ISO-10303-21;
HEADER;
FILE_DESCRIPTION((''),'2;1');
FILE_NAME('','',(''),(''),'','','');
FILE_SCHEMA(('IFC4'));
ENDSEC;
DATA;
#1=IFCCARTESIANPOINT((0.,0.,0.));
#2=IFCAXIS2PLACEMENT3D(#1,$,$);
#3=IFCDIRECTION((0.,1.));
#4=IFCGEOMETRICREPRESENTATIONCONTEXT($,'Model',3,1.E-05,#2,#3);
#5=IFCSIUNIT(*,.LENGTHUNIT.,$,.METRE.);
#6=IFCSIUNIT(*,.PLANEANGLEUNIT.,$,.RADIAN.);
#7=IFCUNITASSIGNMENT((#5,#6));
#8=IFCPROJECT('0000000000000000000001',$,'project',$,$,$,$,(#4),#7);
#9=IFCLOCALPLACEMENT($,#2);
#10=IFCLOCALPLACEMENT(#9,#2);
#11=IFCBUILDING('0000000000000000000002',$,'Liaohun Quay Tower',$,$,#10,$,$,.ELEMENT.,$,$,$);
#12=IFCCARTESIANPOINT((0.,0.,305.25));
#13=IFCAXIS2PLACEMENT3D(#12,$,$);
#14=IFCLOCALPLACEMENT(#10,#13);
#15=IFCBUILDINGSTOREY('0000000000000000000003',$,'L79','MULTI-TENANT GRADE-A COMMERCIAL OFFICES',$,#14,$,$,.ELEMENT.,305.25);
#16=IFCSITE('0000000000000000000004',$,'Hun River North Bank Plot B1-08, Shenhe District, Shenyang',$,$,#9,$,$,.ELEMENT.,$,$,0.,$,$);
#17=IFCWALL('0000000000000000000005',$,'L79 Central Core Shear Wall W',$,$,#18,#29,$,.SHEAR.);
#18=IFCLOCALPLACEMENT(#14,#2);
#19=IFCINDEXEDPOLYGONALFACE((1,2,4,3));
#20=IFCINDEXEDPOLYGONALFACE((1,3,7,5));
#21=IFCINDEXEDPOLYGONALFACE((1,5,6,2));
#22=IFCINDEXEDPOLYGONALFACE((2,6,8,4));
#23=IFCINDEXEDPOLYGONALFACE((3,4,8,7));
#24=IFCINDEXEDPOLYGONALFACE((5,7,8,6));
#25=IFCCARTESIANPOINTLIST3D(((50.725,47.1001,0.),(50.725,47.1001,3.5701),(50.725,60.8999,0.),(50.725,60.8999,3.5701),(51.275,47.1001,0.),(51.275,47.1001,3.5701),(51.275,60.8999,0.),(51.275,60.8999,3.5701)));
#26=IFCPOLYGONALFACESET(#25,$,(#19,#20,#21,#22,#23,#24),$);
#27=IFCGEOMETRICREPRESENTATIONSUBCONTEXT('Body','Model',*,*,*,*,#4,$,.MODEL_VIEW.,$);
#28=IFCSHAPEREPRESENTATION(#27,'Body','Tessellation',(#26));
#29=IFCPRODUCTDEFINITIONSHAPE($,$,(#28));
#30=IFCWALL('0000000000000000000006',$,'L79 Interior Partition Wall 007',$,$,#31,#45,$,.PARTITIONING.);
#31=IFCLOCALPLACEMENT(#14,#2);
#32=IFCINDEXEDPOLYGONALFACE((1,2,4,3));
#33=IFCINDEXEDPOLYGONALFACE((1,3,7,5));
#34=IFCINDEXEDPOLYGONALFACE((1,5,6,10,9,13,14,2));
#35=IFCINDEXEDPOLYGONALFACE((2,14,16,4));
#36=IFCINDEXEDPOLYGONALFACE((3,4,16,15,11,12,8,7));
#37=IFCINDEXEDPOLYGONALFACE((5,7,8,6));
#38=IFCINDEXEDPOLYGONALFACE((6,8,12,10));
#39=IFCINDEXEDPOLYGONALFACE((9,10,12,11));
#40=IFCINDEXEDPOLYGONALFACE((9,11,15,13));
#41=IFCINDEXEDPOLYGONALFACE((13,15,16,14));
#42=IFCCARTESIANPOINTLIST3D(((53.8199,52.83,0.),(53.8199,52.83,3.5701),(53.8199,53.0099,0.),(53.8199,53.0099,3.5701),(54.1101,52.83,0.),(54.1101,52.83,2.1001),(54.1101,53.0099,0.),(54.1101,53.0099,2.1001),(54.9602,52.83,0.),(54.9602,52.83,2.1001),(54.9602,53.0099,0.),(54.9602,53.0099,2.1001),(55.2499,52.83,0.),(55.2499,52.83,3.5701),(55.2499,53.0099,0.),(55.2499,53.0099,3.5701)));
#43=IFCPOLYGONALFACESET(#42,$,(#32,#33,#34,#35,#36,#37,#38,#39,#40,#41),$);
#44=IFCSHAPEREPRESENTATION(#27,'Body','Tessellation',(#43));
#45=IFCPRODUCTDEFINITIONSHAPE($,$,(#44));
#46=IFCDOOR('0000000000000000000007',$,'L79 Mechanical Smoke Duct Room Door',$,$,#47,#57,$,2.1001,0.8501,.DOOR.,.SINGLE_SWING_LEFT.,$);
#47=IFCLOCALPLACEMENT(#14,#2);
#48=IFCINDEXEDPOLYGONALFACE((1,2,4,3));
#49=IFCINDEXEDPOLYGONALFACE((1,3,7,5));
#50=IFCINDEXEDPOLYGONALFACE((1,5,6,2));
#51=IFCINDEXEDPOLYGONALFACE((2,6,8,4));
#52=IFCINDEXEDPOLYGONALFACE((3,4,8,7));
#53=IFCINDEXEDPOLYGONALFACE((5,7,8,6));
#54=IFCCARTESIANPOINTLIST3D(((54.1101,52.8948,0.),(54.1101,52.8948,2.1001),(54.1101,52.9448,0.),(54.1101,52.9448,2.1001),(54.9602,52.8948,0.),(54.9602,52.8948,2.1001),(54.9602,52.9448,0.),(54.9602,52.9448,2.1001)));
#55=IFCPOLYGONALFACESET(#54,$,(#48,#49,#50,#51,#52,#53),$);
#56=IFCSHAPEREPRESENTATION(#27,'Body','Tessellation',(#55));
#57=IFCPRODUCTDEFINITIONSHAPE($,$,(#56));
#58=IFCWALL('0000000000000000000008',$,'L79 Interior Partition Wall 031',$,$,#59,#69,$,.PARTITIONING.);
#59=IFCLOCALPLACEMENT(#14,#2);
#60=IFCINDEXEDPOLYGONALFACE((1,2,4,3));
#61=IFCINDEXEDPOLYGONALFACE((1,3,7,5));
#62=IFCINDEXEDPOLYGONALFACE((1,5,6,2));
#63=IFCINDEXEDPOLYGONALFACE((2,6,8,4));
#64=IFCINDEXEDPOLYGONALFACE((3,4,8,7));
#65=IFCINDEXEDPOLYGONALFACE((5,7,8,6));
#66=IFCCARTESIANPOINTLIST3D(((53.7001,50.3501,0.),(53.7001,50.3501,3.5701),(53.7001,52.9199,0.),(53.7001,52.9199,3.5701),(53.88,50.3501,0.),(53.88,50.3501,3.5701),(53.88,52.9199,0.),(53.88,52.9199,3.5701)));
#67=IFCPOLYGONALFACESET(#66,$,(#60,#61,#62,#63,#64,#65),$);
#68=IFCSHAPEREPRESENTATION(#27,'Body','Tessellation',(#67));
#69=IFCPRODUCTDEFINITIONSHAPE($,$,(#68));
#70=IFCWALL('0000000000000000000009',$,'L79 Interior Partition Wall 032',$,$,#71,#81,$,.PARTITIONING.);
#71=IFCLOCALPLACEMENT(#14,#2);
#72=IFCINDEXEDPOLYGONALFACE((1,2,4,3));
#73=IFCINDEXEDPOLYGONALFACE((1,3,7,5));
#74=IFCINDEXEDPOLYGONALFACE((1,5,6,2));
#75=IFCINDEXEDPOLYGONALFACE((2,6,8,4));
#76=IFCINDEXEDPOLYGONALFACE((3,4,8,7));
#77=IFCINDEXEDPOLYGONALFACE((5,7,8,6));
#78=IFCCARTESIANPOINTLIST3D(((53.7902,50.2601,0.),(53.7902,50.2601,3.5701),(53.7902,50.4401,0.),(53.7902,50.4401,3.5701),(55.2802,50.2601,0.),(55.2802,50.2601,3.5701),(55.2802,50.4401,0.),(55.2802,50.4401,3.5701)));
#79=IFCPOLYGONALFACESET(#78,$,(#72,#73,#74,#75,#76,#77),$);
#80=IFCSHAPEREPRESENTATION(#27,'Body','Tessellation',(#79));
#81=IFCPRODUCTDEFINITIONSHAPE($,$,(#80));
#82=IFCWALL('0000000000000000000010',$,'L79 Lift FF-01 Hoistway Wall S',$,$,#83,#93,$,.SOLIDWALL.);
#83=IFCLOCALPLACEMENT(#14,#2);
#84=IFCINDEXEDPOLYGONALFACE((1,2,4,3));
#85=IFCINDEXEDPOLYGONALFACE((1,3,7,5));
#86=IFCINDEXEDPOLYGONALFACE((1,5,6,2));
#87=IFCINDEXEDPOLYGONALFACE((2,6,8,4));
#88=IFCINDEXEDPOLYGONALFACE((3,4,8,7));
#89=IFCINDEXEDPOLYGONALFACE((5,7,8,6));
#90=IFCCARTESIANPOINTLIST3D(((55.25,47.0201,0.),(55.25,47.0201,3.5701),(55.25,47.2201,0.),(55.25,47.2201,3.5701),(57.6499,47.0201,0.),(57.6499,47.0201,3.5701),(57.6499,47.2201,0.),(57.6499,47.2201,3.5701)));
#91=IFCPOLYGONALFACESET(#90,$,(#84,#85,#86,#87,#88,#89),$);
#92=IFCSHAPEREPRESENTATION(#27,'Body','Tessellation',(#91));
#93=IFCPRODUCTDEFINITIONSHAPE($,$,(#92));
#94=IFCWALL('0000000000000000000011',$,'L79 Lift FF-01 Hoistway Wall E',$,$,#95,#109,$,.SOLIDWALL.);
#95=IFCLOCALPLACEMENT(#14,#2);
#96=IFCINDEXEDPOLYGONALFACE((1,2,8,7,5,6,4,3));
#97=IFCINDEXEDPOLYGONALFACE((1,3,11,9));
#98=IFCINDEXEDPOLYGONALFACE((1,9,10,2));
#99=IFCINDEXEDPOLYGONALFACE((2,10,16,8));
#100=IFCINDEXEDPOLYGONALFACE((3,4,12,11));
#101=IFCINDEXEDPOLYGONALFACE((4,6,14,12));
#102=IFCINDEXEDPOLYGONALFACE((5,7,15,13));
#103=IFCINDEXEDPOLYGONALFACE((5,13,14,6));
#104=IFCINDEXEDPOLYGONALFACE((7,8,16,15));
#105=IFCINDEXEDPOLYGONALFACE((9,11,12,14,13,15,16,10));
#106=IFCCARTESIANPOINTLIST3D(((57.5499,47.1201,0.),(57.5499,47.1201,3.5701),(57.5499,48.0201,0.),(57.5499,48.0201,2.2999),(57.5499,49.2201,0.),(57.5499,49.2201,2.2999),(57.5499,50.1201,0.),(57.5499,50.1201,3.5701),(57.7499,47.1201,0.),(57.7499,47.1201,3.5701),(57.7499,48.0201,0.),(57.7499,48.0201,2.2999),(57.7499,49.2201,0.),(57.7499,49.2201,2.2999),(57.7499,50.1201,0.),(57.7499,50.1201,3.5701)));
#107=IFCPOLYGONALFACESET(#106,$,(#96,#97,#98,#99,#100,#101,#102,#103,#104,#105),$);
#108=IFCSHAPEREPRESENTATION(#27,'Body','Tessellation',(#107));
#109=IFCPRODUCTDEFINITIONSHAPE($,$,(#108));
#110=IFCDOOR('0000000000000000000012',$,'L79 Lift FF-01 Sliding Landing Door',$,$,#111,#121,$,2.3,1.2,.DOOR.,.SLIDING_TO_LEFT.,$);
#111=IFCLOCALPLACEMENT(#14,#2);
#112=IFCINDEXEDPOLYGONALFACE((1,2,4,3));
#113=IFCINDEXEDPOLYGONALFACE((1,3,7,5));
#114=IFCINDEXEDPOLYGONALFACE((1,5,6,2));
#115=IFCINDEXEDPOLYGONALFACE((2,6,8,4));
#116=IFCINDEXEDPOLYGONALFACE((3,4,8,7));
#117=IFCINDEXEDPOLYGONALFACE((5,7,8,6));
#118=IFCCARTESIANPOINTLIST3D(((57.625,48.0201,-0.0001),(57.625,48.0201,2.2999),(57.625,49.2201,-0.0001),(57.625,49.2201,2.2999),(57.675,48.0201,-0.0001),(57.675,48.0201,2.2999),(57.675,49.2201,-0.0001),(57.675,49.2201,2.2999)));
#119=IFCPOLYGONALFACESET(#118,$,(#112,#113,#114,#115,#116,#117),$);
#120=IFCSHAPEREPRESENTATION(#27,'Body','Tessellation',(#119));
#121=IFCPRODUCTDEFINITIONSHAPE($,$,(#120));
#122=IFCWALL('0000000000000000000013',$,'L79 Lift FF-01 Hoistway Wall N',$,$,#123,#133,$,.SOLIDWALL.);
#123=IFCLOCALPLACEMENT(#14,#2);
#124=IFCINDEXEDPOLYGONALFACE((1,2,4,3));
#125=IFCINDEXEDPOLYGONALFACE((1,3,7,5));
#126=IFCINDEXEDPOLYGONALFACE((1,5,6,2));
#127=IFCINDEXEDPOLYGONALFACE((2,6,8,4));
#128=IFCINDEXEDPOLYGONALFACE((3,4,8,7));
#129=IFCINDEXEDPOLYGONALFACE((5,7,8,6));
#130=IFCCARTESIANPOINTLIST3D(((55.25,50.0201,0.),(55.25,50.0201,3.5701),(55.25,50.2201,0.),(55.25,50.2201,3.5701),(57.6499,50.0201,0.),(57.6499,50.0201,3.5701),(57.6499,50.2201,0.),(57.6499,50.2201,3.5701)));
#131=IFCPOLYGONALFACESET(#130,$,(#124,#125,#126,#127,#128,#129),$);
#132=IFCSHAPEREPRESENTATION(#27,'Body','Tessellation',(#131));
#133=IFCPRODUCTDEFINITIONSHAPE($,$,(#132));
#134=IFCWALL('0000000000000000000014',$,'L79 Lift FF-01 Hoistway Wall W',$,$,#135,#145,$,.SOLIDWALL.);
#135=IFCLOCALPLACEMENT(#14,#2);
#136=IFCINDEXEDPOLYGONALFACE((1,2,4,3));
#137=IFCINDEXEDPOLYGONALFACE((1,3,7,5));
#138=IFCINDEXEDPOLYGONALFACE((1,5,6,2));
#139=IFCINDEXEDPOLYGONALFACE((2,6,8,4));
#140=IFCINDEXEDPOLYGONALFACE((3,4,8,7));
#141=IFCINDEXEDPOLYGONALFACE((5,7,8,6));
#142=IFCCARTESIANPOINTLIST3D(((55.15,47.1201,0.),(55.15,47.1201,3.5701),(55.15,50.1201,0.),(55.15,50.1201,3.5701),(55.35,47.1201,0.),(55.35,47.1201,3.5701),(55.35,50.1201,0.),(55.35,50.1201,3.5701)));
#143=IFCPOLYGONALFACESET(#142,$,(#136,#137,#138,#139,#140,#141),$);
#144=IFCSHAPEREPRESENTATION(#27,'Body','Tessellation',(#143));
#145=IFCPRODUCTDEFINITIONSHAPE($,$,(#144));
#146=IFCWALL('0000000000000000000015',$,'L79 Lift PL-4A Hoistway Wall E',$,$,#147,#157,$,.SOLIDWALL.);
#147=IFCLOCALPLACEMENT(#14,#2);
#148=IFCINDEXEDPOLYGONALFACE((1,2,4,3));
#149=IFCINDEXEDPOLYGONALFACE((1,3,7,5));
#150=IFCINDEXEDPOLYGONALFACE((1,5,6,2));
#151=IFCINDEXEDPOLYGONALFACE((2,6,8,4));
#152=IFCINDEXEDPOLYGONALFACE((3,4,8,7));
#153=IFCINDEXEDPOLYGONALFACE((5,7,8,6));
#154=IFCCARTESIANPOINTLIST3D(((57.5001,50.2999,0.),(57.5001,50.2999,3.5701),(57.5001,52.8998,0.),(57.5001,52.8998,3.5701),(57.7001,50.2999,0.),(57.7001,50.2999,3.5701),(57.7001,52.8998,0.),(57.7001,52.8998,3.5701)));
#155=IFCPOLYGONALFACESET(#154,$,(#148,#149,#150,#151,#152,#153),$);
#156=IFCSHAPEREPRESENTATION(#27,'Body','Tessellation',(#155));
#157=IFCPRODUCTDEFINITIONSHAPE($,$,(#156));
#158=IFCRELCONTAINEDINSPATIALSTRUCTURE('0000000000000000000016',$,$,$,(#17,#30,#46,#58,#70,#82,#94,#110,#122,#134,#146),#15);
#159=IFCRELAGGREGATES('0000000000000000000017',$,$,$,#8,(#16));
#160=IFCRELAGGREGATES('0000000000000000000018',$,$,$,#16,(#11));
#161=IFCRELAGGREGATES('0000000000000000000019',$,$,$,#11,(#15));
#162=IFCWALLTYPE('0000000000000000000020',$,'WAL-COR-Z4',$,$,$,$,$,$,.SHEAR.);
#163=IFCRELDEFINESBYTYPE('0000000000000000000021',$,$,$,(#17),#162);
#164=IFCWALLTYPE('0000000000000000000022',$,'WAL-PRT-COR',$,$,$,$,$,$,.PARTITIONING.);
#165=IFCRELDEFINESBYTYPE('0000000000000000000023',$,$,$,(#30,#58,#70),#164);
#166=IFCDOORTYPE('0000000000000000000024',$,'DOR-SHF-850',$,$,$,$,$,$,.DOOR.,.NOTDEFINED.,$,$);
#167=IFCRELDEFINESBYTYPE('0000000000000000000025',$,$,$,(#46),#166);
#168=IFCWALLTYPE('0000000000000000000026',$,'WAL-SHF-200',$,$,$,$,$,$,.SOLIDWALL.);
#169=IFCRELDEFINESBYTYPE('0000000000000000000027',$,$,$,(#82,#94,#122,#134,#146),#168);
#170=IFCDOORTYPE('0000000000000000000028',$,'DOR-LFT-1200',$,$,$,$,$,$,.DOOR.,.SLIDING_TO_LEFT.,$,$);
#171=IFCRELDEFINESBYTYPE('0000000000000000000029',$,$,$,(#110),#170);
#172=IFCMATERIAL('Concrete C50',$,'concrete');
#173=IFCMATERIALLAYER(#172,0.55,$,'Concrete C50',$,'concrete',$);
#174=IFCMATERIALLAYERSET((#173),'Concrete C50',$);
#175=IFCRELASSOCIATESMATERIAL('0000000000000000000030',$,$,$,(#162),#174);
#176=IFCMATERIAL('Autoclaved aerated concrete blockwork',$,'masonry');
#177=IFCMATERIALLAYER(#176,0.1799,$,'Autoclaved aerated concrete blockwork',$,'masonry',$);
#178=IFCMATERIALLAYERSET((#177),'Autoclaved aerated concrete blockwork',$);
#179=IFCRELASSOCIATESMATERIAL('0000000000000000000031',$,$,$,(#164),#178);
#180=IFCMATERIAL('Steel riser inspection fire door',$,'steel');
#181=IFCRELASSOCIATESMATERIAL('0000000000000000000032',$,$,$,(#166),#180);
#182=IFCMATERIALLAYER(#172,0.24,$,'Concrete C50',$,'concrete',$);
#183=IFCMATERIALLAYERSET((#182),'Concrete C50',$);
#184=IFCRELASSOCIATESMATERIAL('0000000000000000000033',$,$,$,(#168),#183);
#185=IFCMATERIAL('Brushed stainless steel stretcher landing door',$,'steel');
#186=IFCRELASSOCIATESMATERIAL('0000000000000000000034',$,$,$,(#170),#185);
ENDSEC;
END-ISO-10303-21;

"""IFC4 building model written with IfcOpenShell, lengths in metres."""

from ifc_helpers import new_model, si_unit, direction, frame, frame_2d, origin, place, context, subcontext, project, spatial, rectangle, extrude, source, transform, mapped, material, layer, layer_set, type_object, element, fill, save


model = new_model("IFC4")

# Units and contexts
model_context = context("Model", 3, precision=1e-05, world=origin(), true_north=direction((0.0, 1.0)))
body_context = subcontext(model_context, "Body", "Model", "MODEL_VIEW")
ifc_project = project(units=[si_unit("LENGTHUNIT", "METRE"), si_unit("PLANEANGLEUNIT", "RADIAN")], contexts=[model_context])

# Site, building, storey
site_placement = place(None, origin())
site = spatial("IfcSite", under=ifc_project, at=site_placement, Name="Hun River North Bank Plot B1-08, Shenhe District, Shenyang", CompositionType="ELEMENT", RefElevation=0.0)
building_placement = place(site_placement, origin())
building = spatial("IfcBuilding", under=site, at=building_placement, Name="Liaohun Quay Tower", CompositionType="ELEMENT")
storey_placement = place(building_placement, frame((0.0, 0.0, 305.25)))
storey = spatial("IfcBuildingStorey", under=building, at=storey_placement, Name="L79", Description="MULTI-TENANT GRADE-A COMMERCIAL OFFICES", CompositionType="ELEMENT", Elevation=305.25)

# Wall
ifc_material_1 = material(Name="Concrete C50", Category="concrete")
ifc_layer_1 = layer(ifc_material_1, 0.55, Name="Concrete C50", Category="concrete")
ifc_layer_set_1 = layer_set([ifc_layer_1], Name="Concrete C50")
wall_type_1 = type_object("IfcWallType", Name="WAL-COR-Z4", PredefinedType="SHEAR", material=ifc_layer_set_1)
wall_1_placement = place(storey_placement, frame((51.0, 47.1001, 0.0), z_axis=(0.0, 0.0, 1.0), x_axis=(0.0, 1.0, 0.0)))
element("IfcWall", 1, at=wall_1_placement, inside=storey, type_object=wall_type_1, Name="L79 Central Core Shear Wall W", PredefinedType="SHEAR", context=body_context, shape_type="SweptSolid", body=[
    extrude(rectangle(XDim=13.7998, YDim=0.55, at=frame_2d((6.8999, 0.0))), origin(), (0.0, 0.0, 1.0), 3.5701),
])

# Wall, opening, door
ifc_material_2 = material(Name="Autoclaved aerated concrete blockwork", Category="masonry")
ifc_layer_2 = layer(ifc_material_2, 0.1799, Name="Autoclaved aerated concrete blockwork", Category="masonry")
ifc_layer_set_2 = layer_set([ifc_layer_2], Name="Autoclaved aerated concrete blockwork")
wall_type_2 = type_object("IfcWallType", Name="WAL-PRT-COR", PredefinedType="PARTITIONING", material=ifc_layer_set_2)
wall_2_placement = place(storey_placement, frame((53.8201, 52.9199, 0.0), z_axis=(0.0, 0.0, 1.0), x_axis=(1.0, 0.0, 0.0)))
wall_2 = element("IfcWall", 2, at=wall_2_placement, inside=storey, type_object=wall_type_2, Name="L79 Interior Partition Wall 007", PredefinedType="PARTITIONING", context=body_context, shape_type="SweptSolid", body=[
    extrude(rectangle(XDim=1.4299, YDim=0.1799, at=frame_2d((0.7148, 0.0))), origin(), (0.0, 0.0, 1.0), 3.5701),
])
shared_shape_1 = source(origin(), body_context, "Body", "SweptSolid", [
    extrude(rectangle(XDim=0.8501, YDim=2.1001, at=frame_2d((0.425, 1.05))), frame((0.0, 0.0999, 0.0), z_axis=(0.0, -1.0, 0.0), x_axis=(1.0, 0.0, 0.0)), (0.0, 0.0, 1.0), 0.2),
])
opening_1_placement = place(wall_2_placement, frame((0.29, 0.0, 0.0)))
opening_1 = element("IfcOpeningElement", 3, at=opening_1_placement, cuts=wall_2, PredefinedType="OPENING", context=body_context, shape_type="MappedRepresentation", body=[
    mapped(shared_shape_1, transform((0.0, 0.0, 0.0), x_axis=(1.0, 0.0, 0.0), y_axis=(0.0, 1.0, 0.0), z_axis=(0.0, 0.0, 1.0), scale=1.0)),
])
ifc_material_3 = material(Name="Steel riser inspection fire door", Category="steel")
door_type_1 = type_object("IfcDoorType", Name="DOR-SHF-850", OperationType="NOTDEFINED", PredefinedType="DOOR", material=ifc_material_3)
shared_shape_2 = source(origin(), body_context, "Body", "SweptSolid", [
    extrude(rectangle(XDim=0.8501, YDim=2.1001, at=frame_2d((0.425, 1.05))), frame((0.0, 0.0249, 0.0), z_axis=(0.0, -1.0, 0.0), x_axis=(1.0, 0.0, 0.0)), (0.0, 0.0, 1.0), 0.05),
])
door_1_placement = place(opening_1_placement, origin())
door_1 = element("IfcDoor", 4, at=door_1_placement, inside=storey, type_object=door_type_1, Name="L79 Mechanical Smoke Duct Room Door", OperationType="SINGLE_SWING_LEFT", OverallHeight=2.1001, OverallWidth=0.8501, PredefinedType="DOOR", context=body_context, shape_type="MappedRepresentation", body=[
    mapped(shared_shape_2, transform((0.0, 0.0, 0.0), x_axis=(1.0, 0.0, 0.0), y_axis=(0.0, 1.0, 0.0), z_axis=(0.0, 0.0, 1.0), scale=1.0)),
])
fill(opening_1, door_1)

# Walls
wall_3_placement = place(storey_placement, frame((53.79, 50.3501, 0.0), z_axis=(0.0, 0.0, 1.0), x_axis=(0.0, 1.0, 0.0)))
element("IfcWall", 5, at=wall_3_placement, inside=storey, type_object=wall_type_2, Name="L79 Interior Partition Wall 031", PredefinedType="PARTITIONING", context=body_context, shape_type="SweptSolid", body=[
    extrude(rectangle(XDim=2.5698, YDim=0.1799, at=frame_2d((1.2849, 0.0))), origin(), (0.0, 0.0, 1.0), 3.5701),
])
wall_4_placement = place(storey_placement, frame((53.79, 50.3501, 0.0), z_axis=(0.0, 0.0, 1.0), x_axis=(1.0, 0.0, 0.0)))
element("IfcWall", 6, at=wall_4_placement, inside=storey, type_object=wall_type_2, Name="L79 Interior Partition Wall 032", PredefinedType="PARTITIONING", context=body_context, shape_type="SweptSolid", body=[
    extrude(rectangle(XDim=1.49, YDim=0.1799, at=frame_2d((0.7451, 0.0))), origin(), (0.0, 0.0, 1.0), 3.5701),
])
ifc_layer_3 = layer(ifc_material_1, 0.24, Name="Concrete C50", Category="concrete")
ifc_layer_set_3 = layer_set([ifc_layer_3], Name="Concrete C50")
wall_type_3 = type_object("IfcWallType", Name="WAL-SHF-200", PredefinedType="SOLIDWALL", material=ifc_layer_set_3)
wall_5_placement = place(storey_placement, frame((55.25, 47.1201, 0.0), z_axis=(0.0, 0.0, 1.0), x_axis=(1.0, 0.0, 0.0)))
element("IfcWall", 7, at=wall_5_placement, inside=storey, type_object=wall_type_3, Name="L79 Lift FF-01 Hoistway Wall S", PredefinedType="SOLIDWALL", context=body_context, shape_type="SweptSolid", body=[
    extrude(rectangle(XDim=2.3999, YDim=0.2, at=frame_2d((1.2, 0.0))), origin(), (0.0, 0.0, 1.0), 3.5701),
])

# Wall, opening, door
wall_6_placement = place(storey_placement, frame((57.6499, 47.1201, 0.0), z_axis=(0.0, 0.0, 1.0), x_axis=(0.0, 1.0, 0.0)))
wall_6 = element("IfcWall", 8, at=wall_6_placement, inside=storey, type_object=wall_type_3, Name="L79 Lift FF-01 Hoistway Wall E", PredefinedType="SOLIDWALL", context=body_context, shape_type="SweptSolid", body=[
    extrude(rectangle(XDim=3.0, YDim=0.2, at=frame_2d((1.5, 0.0))), origin(), (0.0, 0.0, 1.0), 3.5701),
])
shared_shape_3 = source(origin(), body_context, "Body", "SweptSolid", [
    extrude(rectangle(XDim=1.2, YDim=2.3, at=frame_2d((0.6001, 1.1499))), frame((0.0, 0.1099, 0.0), z_axis=(0.0, -1.0, 0.0), x_axis=(1.0, 0.0, 0.0)), (0.0, 0.0, 1.0), 0.22),
])
opening_2_placement = place(wall_6_placement, frame((0.8999, 0.0, 0.0)))
opening_2 = element("IfcOpeningElement", 9, at=opening_2_placement, cuts=wall_6, PredefinedType="OPENING", context=body_context, shape_type="MappedRepresentation", body=[
    mapped(shared_shape_3, transform((0.0, 0.0, 0.0), x_axis=(1.0, 0.0, 0.0), y_axis=(0.0, 1.0, 0.0), z_axis=(0.0, 0.0, 1.0), scale=1.0)),
])
ifc_material_4 = material(Name="Brushed stainless steel stretcher landing door", Category="steel")
door_type_2 = type_object("IfcDoorType", Name="DOR-LFT-1200", OperationType="SLIDING_TO_LEFT", PredefinedType="DOOR", material=ifc_material_4)
shared_shape_4 = source(origin(), body_context, "Body", "SweptSolid", [
    extrude(rectangle(XDim=1.2, YDim=2.3, at=frame_2d((0.6001, 1.1499))), frame((0.0, 0.0249, 0.0), z_axis=(0.0, -1.0, 0.0), x_axis=(1.0, 0.0, 0.0)), (0.0, 0.0, 1.0), 0.05),
])
door_2_placement = place(opening_2_placement, origin())
door_2 = element("IfcDoor", 10, at=door_2_placement, inside=storey, type_object=door_type_2, Name="L79 Lift FF-01 Sliding Landing Door", OperationType="SLIDING_TO_LEFT", OverallHeight=2.3, OverallWidth=1.2, PredefinedType="DOOR", context=body_context, shape_type="MappedRepresentation", body=[
    mapped(shared_shape_4, transform((0.0, 0.0, 0.0), x_axis=(1.0, 0.0, 0.0), y_axis=(0.0, 1.0, 0.0), z_axis=(0.0, 0.0, 1.0), scale=1.0)),
])
fill(opening_2, door_2)

# Walls
wall_7_placement = place(storey_placement, frame((57.6499, 50.1201, 0.0), z_axis=(0.0, 0.0, 1.0), x_axis=(-1.0, 0.0, 0.0)))
element("IfcWall", 11, at=wall_7_placement, inside=storey, type_object=wall_type_3, Name="L79 Lift FF-01 Hoistway Wall N", PredefinedType="SOLIDWALL", context=body_context, shape_type="SweptSolid", body=[
    extrude(rectangle(XDim=2.3999, YDim=0.2, at=frame_2d((1.2, 0.0))), origin(), (0.0, 0.0, 1.0), 3.5701),
])
wall_8_placement = place(storey_placement, frame((55.25, 50.1201, 0.0), z_axis=(0.0, 0.0, 1.0), x_axis=(0.0, -1.0, 0.0)))
element("IfcWall", 12, at=wall_8_placement, inside=storey, type_object=wall_type_3, Name="L79 Lift FF-01 Hoistway Wall W", PredefinedType="SOLIDWALL", context=body_context, shape_type="SweptSolid", body=[
    extrude(rectangle(XDim=3.0, YDim=0.2, at=frame_2d((1.5, 0.0))), origin(), (0.0, 0.0, 1.0), 3.5701),
])
wall_9_placement = place(storey_placement, frame((57.6001, 50.3, 0.0), z_axis=(0.0, 0.0, 1.0), x_axis=(0.0, 1.0, 0.0)))
element("IfcWall", 13, at=wall_9_placement, inside=storey, type_object=wall_type_3, Name="L79 Lift PL-4A Hoistway Wall E", PredefinedType="SOLIDWALL", context=body_context, shape_type="SweptSolid", body=[
    extrude(rectangle(XDim=2.5999, YDim=0.2, at=frame_2d((1.2998, 0.0))), origin(), (0.0, 0.0, 1.0), 3.5701),
])

save(model, "model.ifc")
